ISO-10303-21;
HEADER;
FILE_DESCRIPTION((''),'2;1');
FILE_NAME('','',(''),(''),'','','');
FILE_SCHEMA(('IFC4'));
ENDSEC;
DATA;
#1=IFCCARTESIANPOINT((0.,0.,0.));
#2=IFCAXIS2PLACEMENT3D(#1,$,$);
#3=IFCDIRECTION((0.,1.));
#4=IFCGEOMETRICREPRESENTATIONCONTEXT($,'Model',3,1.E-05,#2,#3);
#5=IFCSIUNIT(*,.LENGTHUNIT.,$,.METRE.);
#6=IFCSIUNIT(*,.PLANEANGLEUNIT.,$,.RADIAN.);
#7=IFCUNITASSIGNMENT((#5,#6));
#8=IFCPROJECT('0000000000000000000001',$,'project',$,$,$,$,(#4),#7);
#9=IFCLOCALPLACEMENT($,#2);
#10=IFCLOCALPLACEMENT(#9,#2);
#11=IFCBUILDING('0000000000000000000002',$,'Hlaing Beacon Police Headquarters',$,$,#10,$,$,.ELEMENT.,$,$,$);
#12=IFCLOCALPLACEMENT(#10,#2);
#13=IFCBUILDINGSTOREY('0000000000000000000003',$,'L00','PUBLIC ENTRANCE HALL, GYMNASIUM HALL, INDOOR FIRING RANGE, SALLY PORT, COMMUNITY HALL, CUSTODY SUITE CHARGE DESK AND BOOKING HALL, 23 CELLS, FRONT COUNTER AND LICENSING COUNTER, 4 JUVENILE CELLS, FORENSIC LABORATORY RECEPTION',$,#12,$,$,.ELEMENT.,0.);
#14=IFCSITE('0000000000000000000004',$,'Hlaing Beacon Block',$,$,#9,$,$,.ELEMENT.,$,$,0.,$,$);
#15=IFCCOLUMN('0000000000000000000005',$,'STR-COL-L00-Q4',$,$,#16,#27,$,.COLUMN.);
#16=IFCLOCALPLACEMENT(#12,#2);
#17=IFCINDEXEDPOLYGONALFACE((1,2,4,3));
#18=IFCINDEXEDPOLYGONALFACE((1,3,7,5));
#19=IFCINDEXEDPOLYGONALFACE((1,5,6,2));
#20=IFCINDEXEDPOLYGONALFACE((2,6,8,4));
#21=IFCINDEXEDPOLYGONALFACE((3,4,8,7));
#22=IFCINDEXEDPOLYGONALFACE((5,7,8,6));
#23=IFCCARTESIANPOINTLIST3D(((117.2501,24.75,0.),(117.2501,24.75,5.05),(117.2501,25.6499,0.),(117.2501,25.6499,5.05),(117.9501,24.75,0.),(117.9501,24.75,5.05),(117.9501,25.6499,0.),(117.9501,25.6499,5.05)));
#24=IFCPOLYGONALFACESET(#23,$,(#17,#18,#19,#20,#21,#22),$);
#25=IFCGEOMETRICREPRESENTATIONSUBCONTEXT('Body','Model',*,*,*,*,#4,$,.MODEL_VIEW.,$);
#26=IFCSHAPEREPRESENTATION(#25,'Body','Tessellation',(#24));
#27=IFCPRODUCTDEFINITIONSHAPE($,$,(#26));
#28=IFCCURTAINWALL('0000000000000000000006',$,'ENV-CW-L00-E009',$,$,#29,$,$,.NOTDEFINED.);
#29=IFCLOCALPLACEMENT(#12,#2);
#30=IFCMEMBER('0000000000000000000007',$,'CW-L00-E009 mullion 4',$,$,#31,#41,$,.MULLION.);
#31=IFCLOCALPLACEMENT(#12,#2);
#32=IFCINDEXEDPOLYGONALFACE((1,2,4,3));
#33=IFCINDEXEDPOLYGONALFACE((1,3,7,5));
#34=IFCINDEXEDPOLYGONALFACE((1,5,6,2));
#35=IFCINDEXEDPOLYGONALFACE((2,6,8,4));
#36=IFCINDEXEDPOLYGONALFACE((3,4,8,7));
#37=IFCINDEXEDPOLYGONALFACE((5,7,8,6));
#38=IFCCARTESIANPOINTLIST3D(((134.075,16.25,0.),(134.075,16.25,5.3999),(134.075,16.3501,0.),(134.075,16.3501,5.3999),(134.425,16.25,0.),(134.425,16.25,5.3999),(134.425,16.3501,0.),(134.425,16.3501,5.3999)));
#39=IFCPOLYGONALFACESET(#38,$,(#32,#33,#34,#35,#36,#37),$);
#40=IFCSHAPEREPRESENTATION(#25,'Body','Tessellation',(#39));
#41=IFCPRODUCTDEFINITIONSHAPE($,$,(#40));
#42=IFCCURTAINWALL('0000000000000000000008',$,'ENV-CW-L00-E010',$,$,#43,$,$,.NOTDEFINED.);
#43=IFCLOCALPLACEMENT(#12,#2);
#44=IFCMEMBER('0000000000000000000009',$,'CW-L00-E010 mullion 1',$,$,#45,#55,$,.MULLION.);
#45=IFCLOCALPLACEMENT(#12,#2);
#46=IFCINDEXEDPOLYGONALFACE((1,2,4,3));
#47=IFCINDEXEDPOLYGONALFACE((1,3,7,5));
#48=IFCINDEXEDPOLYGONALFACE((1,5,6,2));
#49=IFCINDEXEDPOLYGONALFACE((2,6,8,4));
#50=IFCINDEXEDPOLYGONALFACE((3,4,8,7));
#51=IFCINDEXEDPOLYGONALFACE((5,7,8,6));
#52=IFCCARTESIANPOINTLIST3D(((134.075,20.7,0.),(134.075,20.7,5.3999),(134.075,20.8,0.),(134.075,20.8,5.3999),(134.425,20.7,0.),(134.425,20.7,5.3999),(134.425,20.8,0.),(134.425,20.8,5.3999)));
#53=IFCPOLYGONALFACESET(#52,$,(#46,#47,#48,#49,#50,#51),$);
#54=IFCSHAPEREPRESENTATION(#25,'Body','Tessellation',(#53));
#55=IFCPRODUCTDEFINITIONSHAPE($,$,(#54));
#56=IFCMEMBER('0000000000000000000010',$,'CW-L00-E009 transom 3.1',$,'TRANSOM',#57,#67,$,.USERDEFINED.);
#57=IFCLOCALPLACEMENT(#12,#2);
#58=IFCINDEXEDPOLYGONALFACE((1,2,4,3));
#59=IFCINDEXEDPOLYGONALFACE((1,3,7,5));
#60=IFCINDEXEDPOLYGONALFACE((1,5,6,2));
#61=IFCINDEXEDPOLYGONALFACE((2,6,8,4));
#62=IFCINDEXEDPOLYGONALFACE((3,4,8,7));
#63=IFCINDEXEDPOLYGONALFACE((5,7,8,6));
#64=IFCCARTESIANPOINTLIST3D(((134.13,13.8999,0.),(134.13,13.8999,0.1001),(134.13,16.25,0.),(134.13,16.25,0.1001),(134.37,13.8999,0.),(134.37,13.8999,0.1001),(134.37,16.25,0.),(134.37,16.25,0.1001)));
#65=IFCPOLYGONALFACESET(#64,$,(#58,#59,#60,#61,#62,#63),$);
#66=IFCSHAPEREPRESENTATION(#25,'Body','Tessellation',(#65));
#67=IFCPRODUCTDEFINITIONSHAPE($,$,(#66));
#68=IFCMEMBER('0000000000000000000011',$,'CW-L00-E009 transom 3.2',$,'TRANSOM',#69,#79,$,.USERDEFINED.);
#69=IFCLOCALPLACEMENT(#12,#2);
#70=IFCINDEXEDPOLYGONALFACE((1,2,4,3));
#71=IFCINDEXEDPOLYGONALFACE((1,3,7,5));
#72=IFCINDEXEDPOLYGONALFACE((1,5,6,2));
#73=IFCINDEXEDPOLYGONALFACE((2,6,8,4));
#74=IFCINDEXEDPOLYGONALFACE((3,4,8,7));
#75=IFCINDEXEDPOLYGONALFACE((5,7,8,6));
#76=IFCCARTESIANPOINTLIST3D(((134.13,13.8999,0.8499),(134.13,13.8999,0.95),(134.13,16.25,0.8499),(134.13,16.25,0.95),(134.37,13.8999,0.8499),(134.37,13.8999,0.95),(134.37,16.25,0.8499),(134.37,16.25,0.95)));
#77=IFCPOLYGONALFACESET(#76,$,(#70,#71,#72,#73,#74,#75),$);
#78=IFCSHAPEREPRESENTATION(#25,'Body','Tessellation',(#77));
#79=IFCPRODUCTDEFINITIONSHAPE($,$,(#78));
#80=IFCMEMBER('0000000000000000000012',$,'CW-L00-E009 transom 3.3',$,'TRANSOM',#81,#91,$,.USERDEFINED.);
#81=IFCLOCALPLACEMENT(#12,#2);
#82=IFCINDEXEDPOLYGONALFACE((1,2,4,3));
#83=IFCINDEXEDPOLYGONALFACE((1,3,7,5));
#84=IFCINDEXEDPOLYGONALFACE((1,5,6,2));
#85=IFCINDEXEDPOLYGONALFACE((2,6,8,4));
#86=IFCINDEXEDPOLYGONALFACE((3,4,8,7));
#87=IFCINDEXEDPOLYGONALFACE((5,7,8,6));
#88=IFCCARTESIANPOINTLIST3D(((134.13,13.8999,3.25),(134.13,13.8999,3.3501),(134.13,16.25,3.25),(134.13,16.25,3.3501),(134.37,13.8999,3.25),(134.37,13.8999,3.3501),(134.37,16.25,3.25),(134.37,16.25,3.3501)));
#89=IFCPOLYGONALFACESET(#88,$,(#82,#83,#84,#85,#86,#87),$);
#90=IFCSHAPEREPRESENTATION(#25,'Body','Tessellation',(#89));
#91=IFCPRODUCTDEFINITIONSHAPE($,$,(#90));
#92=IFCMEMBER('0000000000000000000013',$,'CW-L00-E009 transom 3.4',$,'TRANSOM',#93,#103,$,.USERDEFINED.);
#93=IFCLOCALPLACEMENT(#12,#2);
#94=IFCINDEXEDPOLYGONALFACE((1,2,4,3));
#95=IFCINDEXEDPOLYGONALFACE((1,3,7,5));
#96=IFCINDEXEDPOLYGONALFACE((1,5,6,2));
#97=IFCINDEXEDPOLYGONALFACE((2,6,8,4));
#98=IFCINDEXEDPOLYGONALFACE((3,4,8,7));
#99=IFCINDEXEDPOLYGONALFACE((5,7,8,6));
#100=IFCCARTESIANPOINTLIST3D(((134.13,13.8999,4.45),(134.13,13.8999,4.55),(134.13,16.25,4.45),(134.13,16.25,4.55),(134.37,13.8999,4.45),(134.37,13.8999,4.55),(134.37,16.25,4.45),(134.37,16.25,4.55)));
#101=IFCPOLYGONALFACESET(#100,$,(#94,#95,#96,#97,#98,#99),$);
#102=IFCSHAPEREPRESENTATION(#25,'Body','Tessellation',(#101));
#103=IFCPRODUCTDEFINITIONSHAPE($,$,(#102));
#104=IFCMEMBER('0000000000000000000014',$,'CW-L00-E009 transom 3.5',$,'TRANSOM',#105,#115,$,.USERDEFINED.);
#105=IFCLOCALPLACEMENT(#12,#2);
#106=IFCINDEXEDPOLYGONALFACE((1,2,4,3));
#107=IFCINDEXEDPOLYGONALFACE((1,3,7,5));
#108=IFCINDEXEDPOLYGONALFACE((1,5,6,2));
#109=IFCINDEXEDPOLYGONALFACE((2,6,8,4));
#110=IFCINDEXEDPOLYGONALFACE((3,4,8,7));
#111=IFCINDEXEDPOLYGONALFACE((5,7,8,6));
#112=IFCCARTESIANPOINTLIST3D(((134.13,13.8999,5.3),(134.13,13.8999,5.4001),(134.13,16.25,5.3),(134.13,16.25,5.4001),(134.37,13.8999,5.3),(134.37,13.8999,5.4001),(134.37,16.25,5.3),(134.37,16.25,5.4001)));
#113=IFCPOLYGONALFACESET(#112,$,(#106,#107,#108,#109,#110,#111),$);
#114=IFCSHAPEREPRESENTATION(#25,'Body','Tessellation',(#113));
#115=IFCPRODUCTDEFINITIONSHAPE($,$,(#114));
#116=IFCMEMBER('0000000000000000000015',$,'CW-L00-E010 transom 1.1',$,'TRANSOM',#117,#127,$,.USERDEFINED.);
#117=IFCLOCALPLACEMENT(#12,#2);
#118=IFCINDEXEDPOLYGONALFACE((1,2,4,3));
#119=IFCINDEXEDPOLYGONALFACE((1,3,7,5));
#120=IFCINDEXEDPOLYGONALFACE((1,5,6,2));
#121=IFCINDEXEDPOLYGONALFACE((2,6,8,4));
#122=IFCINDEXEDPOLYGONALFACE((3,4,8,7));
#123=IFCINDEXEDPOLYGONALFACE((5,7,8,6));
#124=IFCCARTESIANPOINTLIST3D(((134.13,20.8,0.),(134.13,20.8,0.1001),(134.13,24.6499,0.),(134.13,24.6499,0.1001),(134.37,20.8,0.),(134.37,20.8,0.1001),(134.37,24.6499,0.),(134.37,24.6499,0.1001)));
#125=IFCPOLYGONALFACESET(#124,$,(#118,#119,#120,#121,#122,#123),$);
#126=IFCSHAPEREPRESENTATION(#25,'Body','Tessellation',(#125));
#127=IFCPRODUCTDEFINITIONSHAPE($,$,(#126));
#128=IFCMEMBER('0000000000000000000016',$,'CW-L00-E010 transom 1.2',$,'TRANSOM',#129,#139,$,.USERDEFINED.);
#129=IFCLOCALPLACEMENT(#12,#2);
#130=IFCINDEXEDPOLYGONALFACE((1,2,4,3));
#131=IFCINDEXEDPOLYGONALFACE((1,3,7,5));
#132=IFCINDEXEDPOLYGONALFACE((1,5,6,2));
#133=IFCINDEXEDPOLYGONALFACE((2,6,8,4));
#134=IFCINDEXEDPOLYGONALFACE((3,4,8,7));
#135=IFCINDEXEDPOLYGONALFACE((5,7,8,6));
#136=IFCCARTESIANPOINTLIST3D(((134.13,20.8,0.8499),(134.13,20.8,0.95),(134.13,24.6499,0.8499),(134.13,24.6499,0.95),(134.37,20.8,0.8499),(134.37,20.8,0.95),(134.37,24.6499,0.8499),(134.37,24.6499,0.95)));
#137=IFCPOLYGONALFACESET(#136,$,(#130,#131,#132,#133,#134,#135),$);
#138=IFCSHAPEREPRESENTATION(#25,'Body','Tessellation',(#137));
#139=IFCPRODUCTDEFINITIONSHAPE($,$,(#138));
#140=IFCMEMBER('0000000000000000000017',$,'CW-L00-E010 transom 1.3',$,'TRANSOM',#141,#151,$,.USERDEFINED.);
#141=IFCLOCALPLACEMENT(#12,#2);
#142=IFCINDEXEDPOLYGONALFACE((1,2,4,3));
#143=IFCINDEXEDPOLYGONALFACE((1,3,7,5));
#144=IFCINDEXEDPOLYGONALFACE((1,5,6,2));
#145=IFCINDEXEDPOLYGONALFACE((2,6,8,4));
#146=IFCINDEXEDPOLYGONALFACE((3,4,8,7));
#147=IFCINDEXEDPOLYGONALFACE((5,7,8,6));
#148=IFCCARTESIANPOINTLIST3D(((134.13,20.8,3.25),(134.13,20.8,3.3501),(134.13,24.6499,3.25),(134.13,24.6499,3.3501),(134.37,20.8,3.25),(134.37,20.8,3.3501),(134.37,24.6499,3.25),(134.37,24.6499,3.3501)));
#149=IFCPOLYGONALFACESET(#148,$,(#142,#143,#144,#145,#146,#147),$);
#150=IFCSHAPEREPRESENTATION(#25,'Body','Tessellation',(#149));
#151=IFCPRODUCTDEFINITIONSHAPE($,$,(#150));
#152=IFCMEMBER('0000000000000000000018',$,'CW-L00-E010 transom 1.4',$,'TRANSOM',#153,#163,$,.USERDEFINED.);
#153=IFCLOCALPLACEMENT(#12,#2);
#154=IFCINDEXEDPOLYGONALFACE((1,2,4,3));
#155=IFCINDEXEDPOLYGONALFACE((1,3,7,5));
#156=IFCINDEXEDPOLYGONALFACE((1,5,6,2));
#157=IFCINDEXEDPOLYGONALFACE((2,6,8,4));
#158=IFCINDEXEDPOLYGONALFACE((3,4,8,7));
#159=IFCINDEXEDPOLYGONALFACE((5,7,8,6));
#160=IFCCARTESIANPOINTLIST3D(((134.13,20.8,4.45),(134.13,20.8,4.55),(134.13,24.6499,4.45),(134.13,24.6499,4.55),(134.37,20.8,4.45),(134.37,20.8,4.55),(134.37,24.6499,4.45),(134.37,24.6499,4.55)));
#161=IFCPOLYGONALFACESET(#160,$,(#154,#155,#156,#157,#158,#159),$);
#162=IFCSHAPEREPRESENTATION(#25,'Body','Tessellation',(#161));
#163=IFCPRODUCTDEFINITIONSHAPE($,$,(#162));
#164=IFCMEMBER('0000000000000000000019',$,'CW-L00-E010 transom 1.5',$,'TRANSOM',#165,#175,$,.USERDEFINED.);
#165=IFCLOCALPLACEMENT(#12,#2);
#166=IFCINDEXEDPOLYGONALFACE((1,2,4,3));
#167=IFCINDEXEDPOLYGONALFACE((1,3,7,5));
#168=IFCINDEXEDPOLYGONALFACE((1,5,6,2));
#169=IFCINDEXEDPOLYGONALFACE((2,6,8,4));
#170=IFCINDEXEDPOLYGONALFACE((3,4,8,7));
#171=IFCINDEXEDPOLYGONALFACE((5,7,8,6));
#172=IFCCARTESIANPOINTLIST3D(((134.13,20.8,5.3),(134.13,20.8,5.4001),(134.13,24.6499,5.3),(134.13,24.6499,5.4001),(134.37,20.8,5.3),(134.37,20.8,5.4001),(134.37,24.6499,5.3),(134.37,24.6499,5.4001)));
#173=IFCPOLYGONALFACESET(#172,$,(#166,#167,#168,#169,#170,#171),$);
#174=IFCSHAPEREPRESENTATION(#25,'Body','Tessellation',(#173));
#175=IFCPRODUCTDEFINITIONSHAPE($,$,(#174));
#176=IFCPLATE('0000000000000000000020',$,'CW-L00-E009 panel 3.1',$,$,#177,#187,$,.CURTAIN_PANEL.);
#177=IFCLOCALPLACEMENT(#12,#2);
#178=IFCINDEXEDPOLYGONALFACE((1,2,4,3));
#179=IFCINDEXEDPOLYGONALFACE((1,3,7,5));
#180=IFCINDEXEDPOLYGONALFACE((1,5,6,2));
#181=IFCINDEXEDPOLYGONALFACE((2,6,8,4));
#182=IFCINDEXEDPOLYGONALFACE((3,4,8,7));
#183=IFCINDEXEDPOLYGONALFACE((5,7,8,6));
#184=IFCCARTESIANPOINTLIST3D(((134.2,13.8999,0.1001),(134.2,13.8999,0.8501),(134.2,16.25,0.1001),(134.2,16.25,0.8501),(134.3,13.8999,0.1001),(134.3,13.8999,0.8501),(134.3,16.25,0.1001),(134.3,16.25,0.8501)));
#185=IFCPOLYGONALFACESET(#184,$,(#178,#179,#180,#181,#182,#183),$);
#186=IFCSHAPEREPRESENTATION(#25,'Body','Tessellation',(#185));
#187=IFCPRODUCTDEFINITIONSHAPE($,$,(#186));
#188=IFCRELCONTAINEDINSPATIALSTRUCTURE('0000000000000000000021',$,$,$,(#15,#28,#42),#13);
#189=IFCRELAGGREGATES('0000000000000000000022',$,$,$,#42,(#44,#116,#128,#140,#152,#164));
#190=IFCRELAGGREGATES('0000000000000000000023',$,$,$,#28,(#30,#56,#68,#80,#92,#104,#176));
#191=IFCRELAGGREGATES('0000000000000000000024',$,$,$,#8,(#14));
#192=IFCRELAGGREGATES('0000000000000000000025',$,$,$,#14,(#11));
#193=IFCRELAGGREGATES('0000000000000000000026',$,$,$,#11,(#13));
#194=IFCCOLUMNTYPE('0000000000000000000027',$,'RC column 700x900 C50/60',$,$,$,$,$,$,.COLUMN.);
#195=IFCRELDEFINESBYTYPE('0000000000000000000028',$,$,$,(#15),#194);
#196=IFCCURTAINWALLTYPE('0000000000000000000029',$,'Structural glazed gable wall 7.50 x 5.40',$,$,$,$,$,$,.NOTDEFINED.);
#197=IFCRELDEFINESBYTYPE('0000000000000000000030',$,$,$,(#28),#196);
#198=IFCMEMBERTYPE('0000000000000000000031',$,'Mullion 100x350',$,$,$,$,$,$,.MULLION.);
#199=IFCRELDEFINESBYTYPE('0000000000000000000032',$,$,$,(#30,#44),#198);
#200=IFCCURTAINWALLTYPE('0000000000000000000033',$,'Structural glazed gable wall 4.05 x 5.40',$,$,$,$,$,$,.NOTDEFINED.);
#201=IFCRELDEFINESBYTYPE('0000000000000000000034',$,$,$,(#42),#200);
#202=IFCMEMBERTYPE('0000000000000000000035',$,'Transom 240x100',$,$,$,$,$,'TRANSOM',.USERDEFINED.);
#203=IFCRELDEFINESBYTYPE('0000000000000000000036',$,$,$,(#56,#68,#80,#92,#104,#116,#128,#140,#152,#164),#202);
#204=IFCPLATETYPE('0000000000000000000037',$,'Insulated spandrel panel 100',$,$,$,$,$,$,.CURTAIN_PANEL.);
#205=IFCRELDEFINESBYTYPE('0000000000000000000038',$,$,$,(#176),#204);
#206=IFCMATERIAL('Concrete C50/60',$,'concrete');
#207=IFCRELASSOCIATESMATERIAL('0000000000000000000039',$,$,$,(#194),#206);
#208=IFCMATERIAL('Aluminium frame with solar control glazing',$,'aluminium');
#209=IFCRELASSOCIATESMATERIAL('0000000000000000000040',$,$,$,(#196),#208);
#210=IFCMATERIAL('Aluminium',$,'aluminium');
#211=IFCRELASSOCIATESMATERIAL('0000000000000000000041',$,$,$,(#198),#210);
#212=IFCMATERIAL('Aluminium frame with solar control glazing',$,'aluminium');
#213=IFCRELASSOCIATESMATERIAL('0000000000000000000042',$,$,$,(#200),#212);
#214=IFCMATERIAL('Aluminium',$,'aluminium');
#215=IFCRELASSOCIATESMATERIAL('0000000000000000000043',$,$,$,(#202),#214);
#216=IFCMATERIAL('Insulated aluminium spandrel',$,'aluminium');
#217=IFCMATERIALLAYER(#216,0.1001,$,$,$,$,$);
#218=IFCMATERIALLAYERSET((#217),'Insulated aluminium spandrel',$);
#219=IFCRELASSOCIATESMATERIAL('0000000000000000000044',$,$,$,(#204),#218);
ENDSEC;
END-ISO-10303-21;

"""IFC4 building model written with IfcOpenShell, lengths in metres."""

from ifc_helpers import new_model, si_unit, direction, frame, origin, origin_2d, place, context, subcontext, project, spatial, rectangle, extrude, material, layer, layer_set, material_profile, profile_set, type_object, element, aggregate, save


model = new_model("IFC4")

# Units and contexts
model_context = context("Model", 3, precision=1e-05, world=origin(), true_north=direction((0.0, 1.0)))
body_context = subcontext(model_context, "Body", "Model", "MODEL_VIEW")
ifc_project = project(units=[si_unit("LENGTHUNIT", "METRE"), si_unit("PLANEANGLEUNIT", "RADIAN")], contexts=[model_context])

# Site, building, storey
site_placement = place(None, origin())
site = spatial("IfcSite", under=ifc_project, at=site_placement, Name="Hlaing Beacon Block", CompositionType="ELEMENT", RefElevation=0.0)
building_placement = place(site_placement, origin())
building = spatial("IfcBuilding", under=site, at=building_placement, Name="Hlaing Beacon Police Headquarters", CompositionType="ELEMENT")
storey_placement = place(building_placement, origin())
storey = spatial("IfcBuildingStorey", under=building, at=storey_placement, Name="L00", Description="PUBLIC ENTRANCE HALL, GYMNASIUM HALL, INDOOR FIRING RANGE, SALLY PORT, COMMUNITY HALL, CUSTODY SUITE CHARGE DESK AND BOOKING HALL, 23 CELLS, FRONT COUNTER AND LICENSING COUNTER, 4 JUVENILE CELLS, FORENSIC LABORATORY RECEPTION", CompositionType="ELEMENT", Elevation=0.0)

# Column
ifc_material_1 = material(Name="Concrete C50/60", Category="concrete")
ifc_material_profile_1 = material_profile(ifc_material_1, rectangle(XDim=0.7, YDim=0.8999, at=origin_2d()), Name="700x900")
ifc_profile_set_1 = profile_set([ifc_material_profile_1], Name="Concrete C50/60")
column_type = type_object("IfcColumnType", Name="RC column 700x900 C50/60", PredefinedType="COLUMN", material=ifc_profile_set_1)
column_placement = place(storey_placement, frame((117.6001, 25.2, 0.0), z_axis=(0.0, 0.0, 1.0), x_axis=(1.0, 0.0, 0.0)))
element("IfcColumn", 1, at=column_placement, inside=storey, type_object=column_type, Name="STR-COL-L00-Q4", PredefinedType="COLUMN", context=body_context, shape_type="SweptSolid", body=[
    extrude(rectangle(XDim=0.7, YDim=0.8999, at=origin_2d()), origin(), (0.0, 0.0, 1.0), 5.05),
])

# Curtain walls, members
ifc_material_2 = material(Name="Aluminium frame with solar control glazing", Category="aluminium")
curtain_wall_type_1 = type_object("IfcCurtainWallType", Name="Structural glazed gable wall 7.50 x 5.40", PredefinedType="NOTDEFINED", material=ifc_material_2)
curtain_wall_1_placement = place(storey_placement, origin())
curtain_wall_1 = element("IfcCurtainWall", 2, at=curtain_wall_1_placement, inside=storey, type_object=curtain_wall_type_1, Name="ENV-CW-L00-E009", PredefinedType="NOTDEFINED")
ifc_material_3 = material(Name="Aluminium", Category="aluminium")
ifc_material_profile_2 = material_profile(ifc_material_3, rectangle(XDim=0.3501, YDim=0.1001, at=origin_2d()), Name="Mullion 100x350")
ifc_profile_set_2 = profile_set([ifc_material_profile_2], Name="Aluminium")
member_type_1 = type_object("IfcMemberType", Name="Mullion 100x350", PredefinedType="MULLION", material=ifc_profile_set_2)
member_1_placement = place(storey_placement, frame((134.25, 16.3, 0.0), z_axis=(0.0, 0.0, 1.0), x_axis=(-1.0, 0.0, 0.0)))
member_1 = element("IfcMember", 3, at=member_1_placement, type_object=member_type_1, Name="CW-L00-E009 mullion 4", PredefinedType="MULLION", context=body_context, shape_type="SweptSolid", body=[
    extrude(rectangle(XDim=0.3501, YDim=0.1001, at=origin_2d()), origin(), (0.0, 0.0, 1.0), 5.3999),
])
ifc_material_4 = material(Name="Aluminium frame with solar control glazing", Category="aluminium")
curtain_wall_type_2 = type_object("IfcCurtainWallType", Name="Structural glazed gable wall 4.05 x 5.40", PredefinedType="NOTDEFINED", material=ifc_material_4)
curtain_wall_2_placement = place(storey_placement, origin())
curtain_wall_2 = element("IfcCurtainWall", 4, at=curtain_wall_2_placement, inside=storey, type_object=curtain_wall_type_2, Name="ENV-CW-L00-E010", PredefinedType="NOTDEFINED")
member_2_placement = place(storey_placement, frame((134.25, 20.75, 0.0), z_axis=(0.0, 0.0, 1.0), x_axis=(-1.0, 0.0, 0.0)))
member_2 = element("IfcMember", 5, at=member_2_placement, type_object=member_type_1, Name="CW-L00-E010 mullion 1", PredefinedType="MULLION", context=body_context, shape_type="SweptSolid", body=[
    extrude(rectangle(XDim=0.3501, YDim=0.1001, at=origin_2d()), origin(), (0.0, 0.0, 1.0), 5.3999),
])

# Members
ifc_material_5 = material(Name="Aluminium", Category="aluminium")
ifc_material_profile_3 = material_profile(ifc_material_5, rectangle(XDim=0.24, YDim=0.1001, at=origin_2d()), Name="Transom 240x100")
ifc_profile_set_3 = profile_set([ifc_material_profile_3], Name="Aluminium")
member_type_2 = type_object("IfcMemberType", Name="Transom 240x100", ElementType="TRANSOM", PredefinedType="USERDEFINED", material=ifc_profile_set_3)
member_3_placement = place(storey_placement, frame((134.25, 13.8999, 0.05), z_axis=(0.0, 1.0, 0.0), x_axis=(-1.0, 0.0, 0.0)))
member_3 = element("IfcMember", 6, at=member_3_placement, type_object=member_type_2, Name="CW-L00-E009 transom 3.1", ObjectType="TRANSOM", PredefinedType="USERDEFINED", context=body_context, shape_type="SweptSolid", body=[
    extrude(rectangle(XDim=0.24, YDim=0.1001, at=origin_2d()), origin(), (0.0, 0.0, 1.0), 2.3501),
])
member_4_placement = place(storey_placement, frame((134.25, 13.8999, 0.8999), z_axis=(0.0, 1.0, 0.0), x_axis=(-1.0, 0.0, 0.0)))
member_4 = element("IfcMember", 7, at=member_4_placement, type_object=member_type_2, Name="CW-L00-E009 transom 3.2", ObjectType="TRANSOM", PredefinedType="USERDEFINED", context=body_context, shape_type="SweptSolid", body=[
    extrude(rectangle(XDim=0.24, YDim=0.1001, at=origin_2d()), origin(), (0.0, 0.0, 1.0), 2.3501),
])
member_5_placement = place(storey_placement, frame((134.25, 13.8999, 3.3), z_axis=(0.0, 1.0, 0.0), x_axis=(-1.0, 0.0, 0.0)))
member_5 = element("IfcMember", 8, at=member_5_placement, type_object=member_type_2, Name="CW-L00-E009 transom 3.3", ObjectType="TRANSOM", PredefinedType="USERDEFINED", context=body_context, shape_type="SweptSolid", body=[
    extrude(rectangle(XDim=0.24, YDim=0.1001, at=origin_2d()), origin(), (0.0, 0.0, 1.0), 2.3501),
])
member_6_placement = place(storey_placement, frame((134.25, 13.8999, 4.5), z_axis=(0.0, 1.0, 0.0), x_axis=(-1.0, 0.0, 0.0)))
member_6 = element("IfcMember", 9, at=member_6_placement, type_object=member_type_2, Name="CW-L00-E009 transom 3.4", ObjectType="TRANSOM", PredefinedType="USERDEFINED", context=body_context, shape_type="SweptSolid", body=[
    extrude(rectangle(XDim=0.24, YDim=0.1001, at=origin_2d()), origin(), (0.0, 0.0, 1.0), 2.3501),
])
member_7_placement = place(storey_placement, frame((134.25, 13.8999, 5.3501), z_axis=(0.0, 1.0, 0.0), x_axis=(-1.0, 0.0, 0.0)))
member_7 = element("IfcMember", 10, at=member_7_placement, type_object=member_type_2, Name="CW-L00-E009 transom 3.5", ObjectType="TRANSOM", PredefinedType="USERDEFINED", context=body_context, shape_type="SweptSolid", body=[
    extrude(rectangle(XDim=0.24, YDim=0.1001, at=origin_2d()), origin(), (0.0, 0.0, 1.0), 2.3501),
])
member_8_placement = place(storey_placement, frame((134.25, 20.8, 0.05), z_axis=(0.0, 1.0, 0.0), x_axis=(-1.0, 0.0, 0.0)))
member_8 = element("IfcMember", 11, at=member_8_placement, type_object=member_type_2, Name="CW-L00-E010 transom 1.1", ObjectType="TRANSOM", PredefinedType="USERDEFINED", context=body_context, shape_type="SweptSolid", body=[
    extrude(rectangle(XDim=0.24, YDim=0.1001, at=origin_2d()), origin(), (0.0, 0.0, 1.0), 3.8499),
])
member_9_placement = place(storey_placement, frame((134.25, 20.8, 0.8999), z_axis=(0.0, 1.0, 0.0), x_axis=(-1.0, 0.0, 0.0)))
member_9 = element("IfcMember", 12, at=member_9_placement, type_object=member_type_2, Name="CW-L00-E010 transom 1.2", ObjectType="TRANSOM", PredefinedType="USERDEFINED", context=body_context, shape_type="SweptSolid", body=[
    extrude(rectangle(XDim=0.24, YDim=0.1001, at=origin_2d()), origin(), (0.0, 0.0, 1.0), 3.8499),
])
member_10_placement = place(storey_placement, frame((134.25, 20.8, 3.3), z_axis=(0.0, 1.0, 0.0), x_axis=(-1.0, 0.0, 0.0)))
member_10 = element("IfcMember", 13, at=member_10_placement, type_object=member_type_2, Name="CW-L00-E010 transom 1.3", ObjectType="TRANSOM", PredefinedType="USERDEFINED", context=body_context, shape_type="SweptSolid", body=[
    extrude(rectangle(XDim=0.24, YDim=0.1001, at=origin_2d()), origin(), (0.0, 0.0, 1.0), 3.8499),
])
member_11_placement = place(storey_placement, frame((134.25, 20.8, 4.5), z_axis=(0.0, 1.0, 0.0), x_axis=(-1.0, 0.0, 0.0)))
member_11 = element("IfcMember", 14, at=member_11_placement, type_object=member_type_2, Name="CW-L00-E010 transom 1.4", ObjectType="TRANSOM", PredefinedType="USERDEFINED", context=body_context, shape_type="SweptSolid", body=[
    extrude(rectangle(XDim=0.24, YDim=0.1001, at=origin_2d()), origin(), (0.0, 0.0, 1.0), 3.8499),
])
member_12_placement = place(storey_placement, frame((134.25, 20.8, 5.3501), z_axis=(0.0, 1.0, 0.0), x_axis=(-1.0, 0.0, 0.0)))
member_12 = element("IfcMember", 15, at=member_12_placement, type_object=member_type_2, Name="CW-L00-E010 transom 1.5", ObjectType="TRANSOM", PredefinedType="USERDEFINED", context=body_context, shape_type="SweptSolid", body=[
    extrude(rectangle(XDim=0.24, YDim=0.1001, at=origin_2d()), origin(), (0.0, 0.0, 1.0), 3.8499),
])

# Plate
ifc_material_6 = material(Name="Insulated aluminium spandrel", Category="aluminium")
ifc_layer_1 = layer(ifc_material_6, 0.1001)
ifc_layer_set_1 = layer_set([ifc_layer_1], Name="Insulated aluminium spandrel")
plate_type_1 = type_object("IfcPlateType", Name="Insulated spandrel panel 100", PredefinedType="CURTAIN_PANEL", material=ifc_layer_set_1)
plate_1_placement = place(storey_placement, frame((134.25, 15.075, 0.1001), z_axis=(0.0, 0.0, 1.0), x_axis=(0.0, 1.0, 0.0)))
plate_1 = element("IfcPlate", 16, at=plate_1_placement, type_object=plate_type_1, Name="CW-L00-E009 panel 3.1", PredefinedType="CURTAIN_PANEL", context=body_context, shape_type="SweptSolid", body=[
    extrude(rectangle(XDim=2.3501, YDim=0.1001, at=origin_2d()), origin(), (0.0, 0.0, 1.0), 0.75),
])
aggregate(curtain_wall_2, [member_2, member_8, member_9, member_10, member_11, member_12])
aggregate(curtain_wall_1, [member_1, member_3, member_4, member_5, member_6, member_7, plate_1])

save(model, "model.ifc")
